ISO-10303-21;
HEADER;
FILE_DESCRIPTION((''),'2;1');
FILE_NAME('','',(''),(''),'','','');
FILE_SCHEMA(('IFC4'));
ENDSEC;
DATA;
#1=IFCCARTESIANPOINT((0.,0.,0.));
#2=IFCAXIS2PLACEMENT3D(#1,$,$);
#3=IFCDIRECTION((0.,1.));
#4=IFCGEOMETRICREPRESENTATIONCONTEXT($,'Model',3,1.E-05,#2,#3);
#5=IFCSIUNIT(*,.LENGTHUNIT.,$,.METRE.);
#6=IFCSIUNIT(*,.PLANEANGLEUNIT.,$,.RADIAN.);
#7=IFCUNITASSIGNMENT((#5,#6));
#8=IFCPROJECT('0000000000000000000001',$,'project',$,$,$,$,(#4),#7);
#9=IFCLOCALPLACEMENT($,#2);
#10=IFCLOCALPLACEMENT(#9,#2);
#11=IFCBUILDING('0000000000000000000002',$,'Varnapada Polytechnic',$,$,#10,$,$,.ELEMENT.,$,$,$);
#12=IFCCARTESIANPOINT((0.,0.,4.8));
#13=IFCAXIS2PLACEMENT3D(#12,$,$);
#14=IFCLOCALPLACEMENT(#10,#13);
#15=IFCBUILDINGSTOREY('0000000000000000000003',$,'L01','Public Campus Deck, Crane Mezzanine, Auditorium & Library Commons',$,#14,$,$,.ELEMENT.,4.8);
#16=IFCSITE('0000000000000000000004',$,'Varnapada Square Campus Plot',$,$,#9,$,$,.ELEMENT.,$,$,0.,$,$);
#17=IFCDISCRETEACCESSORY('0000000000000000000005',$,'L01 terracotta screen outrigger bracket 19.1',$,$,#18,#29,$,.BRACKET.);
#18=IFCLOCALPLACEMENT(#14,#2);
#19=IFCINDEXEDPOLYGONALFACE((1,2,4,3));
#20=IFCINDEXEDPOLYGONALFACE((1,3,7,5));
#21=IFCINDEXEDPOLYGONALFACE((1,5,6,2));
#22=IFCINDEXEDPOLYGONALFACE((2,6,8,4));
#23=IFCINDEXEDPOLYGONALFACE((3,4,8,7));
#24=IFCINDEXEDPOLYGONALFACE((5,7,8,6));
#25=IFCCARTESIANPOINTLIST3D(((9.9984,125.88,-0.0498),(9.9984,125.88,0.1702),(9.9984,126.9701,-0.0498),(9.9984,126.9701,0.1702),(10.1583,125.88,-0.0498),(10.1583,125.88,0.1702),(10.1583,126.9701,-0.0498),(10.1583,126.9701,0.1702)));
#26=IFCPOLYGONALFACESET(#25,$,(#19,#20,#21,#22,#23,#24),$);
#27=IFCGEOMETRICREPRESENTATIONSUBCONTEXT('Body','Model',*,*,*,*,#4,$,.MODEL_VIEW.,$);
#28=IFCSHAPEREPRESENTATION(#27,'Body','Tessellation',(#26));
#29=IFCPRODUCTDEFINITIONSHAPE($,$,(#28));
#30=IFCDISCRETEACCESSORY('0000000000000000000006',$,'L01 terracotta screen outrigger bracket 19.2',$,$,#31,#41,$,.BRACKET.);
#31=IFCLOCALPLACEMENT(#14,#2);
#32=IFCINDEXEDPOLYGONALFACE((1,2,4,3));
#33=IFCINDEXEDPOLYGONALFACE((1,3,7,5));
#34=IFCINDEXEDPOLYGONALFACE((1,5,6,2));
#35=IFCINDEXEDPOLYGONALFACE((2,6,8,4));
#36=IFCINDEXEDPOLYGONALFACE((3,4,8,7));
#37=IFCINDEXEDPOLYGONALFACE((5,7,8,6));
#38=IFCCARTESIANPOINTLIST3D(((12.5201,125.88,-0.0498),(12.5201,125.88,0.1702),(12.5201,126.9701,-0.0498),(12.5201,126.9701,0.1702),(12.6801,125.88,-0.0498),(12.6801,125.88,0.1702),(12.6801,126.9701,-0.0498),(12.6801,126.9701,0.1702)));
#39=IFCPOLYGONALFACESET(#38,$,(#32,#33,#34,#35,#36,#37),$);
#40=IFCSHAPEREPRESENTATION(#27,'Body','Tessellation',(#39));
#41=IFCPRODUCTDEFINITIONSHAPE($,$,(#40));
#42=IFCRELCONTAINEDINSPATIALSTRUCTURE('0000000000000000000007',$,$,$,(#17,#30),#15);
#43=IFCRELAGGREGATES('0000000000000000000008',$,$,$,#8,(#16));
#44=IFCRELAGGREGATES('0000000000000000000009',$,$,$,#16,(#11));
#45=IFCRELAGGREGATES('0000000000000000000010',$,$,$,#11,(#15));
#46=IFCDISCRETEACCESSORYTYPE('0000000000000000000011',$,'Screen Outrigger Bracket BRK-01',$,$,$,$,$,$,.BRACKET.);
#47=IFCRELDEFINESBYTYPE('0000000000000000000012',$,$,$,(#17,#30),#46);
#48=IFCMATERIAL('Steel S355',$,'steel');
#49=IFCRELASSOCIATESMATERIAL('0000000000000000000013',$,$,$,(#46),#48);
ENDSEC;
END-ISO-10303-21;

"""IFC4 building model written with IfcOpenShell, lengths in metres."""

from ifc_helpers import new_model, si_unit, direction, frame, origin, origin_2d, place, context, subcontext, project, spatial, rectangle, extrude, material, type_object, element, save


model = new_model("IFC4")

# Units and contexts
model_context = context("Model", 3, precision=1e-05, world=origin(), true_north=direction((0.0, 1.0)))
body_context = subcontext(model_context, "Body", "Model", "MODEL_VIEW")
ifc_project = project(units=[si_unit("LENGTHUNIT", "METRE"), si_unit("PLANEANGLEUNIT", "RADIAN")], contexts=[model_context])

# Site, building, storey
site_placement = place(None, origin())
site = spatial("IfcSite", under=ifc_project, at=site_placement, Name="Varnapada Square Campus Plot", CompositionType="ELEMENT", RefElevation=0.0)
building_placement = place(site_placement, origin())
building = spatial("IfcBuilding", under=site, at=building_placement, Name="Varnapada Polytechnic", CompositionType="ELEMENT")
storey_placement = place(building_placement, frame((0.0, 0.0, 4.8)))
storey = spatial("IfcBuildingStorey", under=building, at=storey_placement, Name="L01", Description="Public Campus Deck, Crane Mezzanine, Auditorium & Library Commons", CompositionType="ELEMENT", Elevation=4.8)

# Discrete accessories
ifc_material_1 = material(Name="Steel S355", Category="steel")
discrete_accessory_type = type_object("IfcDiscreteAccessoryType", Name="Screen Outrigger Bracket BRK-01", PredefinedType="BRACKET", material=ifc_material_1)
for number, where, z_axis, x_axis, name in (
    (1, (10.0784, 126.425, -0.0498), (0.0, 0.0, 1.0), (1.0, 0.0, 0.0), "L01 terracotta screen outrigger bracket 19.1"),
    (2, (12.6001, 126.425, -0.0498), (0.0, 0.0, 1.0), (1.0, 0.0, 0.0), "L01 terracotta screen outrigger bracket 19.2"),
):
    element("IfcDiscreteAccessory", number, at=place(storey_placement, frame(where, z_axis=z_axis, x_axis=x_axis)), inside=storey, type_object=discrete_accessory_type, Name=name, PredefinedType="BRACKET", context=body_context, shape_type="SweptSolid", body=[
        extrude(rectangle(XDim=0.1599, YDim=1.0901, at=origin_2d()), origin(), (0.0, 0.0, 1.0), 0.22),
    ])

save(model, "model.ifc")
